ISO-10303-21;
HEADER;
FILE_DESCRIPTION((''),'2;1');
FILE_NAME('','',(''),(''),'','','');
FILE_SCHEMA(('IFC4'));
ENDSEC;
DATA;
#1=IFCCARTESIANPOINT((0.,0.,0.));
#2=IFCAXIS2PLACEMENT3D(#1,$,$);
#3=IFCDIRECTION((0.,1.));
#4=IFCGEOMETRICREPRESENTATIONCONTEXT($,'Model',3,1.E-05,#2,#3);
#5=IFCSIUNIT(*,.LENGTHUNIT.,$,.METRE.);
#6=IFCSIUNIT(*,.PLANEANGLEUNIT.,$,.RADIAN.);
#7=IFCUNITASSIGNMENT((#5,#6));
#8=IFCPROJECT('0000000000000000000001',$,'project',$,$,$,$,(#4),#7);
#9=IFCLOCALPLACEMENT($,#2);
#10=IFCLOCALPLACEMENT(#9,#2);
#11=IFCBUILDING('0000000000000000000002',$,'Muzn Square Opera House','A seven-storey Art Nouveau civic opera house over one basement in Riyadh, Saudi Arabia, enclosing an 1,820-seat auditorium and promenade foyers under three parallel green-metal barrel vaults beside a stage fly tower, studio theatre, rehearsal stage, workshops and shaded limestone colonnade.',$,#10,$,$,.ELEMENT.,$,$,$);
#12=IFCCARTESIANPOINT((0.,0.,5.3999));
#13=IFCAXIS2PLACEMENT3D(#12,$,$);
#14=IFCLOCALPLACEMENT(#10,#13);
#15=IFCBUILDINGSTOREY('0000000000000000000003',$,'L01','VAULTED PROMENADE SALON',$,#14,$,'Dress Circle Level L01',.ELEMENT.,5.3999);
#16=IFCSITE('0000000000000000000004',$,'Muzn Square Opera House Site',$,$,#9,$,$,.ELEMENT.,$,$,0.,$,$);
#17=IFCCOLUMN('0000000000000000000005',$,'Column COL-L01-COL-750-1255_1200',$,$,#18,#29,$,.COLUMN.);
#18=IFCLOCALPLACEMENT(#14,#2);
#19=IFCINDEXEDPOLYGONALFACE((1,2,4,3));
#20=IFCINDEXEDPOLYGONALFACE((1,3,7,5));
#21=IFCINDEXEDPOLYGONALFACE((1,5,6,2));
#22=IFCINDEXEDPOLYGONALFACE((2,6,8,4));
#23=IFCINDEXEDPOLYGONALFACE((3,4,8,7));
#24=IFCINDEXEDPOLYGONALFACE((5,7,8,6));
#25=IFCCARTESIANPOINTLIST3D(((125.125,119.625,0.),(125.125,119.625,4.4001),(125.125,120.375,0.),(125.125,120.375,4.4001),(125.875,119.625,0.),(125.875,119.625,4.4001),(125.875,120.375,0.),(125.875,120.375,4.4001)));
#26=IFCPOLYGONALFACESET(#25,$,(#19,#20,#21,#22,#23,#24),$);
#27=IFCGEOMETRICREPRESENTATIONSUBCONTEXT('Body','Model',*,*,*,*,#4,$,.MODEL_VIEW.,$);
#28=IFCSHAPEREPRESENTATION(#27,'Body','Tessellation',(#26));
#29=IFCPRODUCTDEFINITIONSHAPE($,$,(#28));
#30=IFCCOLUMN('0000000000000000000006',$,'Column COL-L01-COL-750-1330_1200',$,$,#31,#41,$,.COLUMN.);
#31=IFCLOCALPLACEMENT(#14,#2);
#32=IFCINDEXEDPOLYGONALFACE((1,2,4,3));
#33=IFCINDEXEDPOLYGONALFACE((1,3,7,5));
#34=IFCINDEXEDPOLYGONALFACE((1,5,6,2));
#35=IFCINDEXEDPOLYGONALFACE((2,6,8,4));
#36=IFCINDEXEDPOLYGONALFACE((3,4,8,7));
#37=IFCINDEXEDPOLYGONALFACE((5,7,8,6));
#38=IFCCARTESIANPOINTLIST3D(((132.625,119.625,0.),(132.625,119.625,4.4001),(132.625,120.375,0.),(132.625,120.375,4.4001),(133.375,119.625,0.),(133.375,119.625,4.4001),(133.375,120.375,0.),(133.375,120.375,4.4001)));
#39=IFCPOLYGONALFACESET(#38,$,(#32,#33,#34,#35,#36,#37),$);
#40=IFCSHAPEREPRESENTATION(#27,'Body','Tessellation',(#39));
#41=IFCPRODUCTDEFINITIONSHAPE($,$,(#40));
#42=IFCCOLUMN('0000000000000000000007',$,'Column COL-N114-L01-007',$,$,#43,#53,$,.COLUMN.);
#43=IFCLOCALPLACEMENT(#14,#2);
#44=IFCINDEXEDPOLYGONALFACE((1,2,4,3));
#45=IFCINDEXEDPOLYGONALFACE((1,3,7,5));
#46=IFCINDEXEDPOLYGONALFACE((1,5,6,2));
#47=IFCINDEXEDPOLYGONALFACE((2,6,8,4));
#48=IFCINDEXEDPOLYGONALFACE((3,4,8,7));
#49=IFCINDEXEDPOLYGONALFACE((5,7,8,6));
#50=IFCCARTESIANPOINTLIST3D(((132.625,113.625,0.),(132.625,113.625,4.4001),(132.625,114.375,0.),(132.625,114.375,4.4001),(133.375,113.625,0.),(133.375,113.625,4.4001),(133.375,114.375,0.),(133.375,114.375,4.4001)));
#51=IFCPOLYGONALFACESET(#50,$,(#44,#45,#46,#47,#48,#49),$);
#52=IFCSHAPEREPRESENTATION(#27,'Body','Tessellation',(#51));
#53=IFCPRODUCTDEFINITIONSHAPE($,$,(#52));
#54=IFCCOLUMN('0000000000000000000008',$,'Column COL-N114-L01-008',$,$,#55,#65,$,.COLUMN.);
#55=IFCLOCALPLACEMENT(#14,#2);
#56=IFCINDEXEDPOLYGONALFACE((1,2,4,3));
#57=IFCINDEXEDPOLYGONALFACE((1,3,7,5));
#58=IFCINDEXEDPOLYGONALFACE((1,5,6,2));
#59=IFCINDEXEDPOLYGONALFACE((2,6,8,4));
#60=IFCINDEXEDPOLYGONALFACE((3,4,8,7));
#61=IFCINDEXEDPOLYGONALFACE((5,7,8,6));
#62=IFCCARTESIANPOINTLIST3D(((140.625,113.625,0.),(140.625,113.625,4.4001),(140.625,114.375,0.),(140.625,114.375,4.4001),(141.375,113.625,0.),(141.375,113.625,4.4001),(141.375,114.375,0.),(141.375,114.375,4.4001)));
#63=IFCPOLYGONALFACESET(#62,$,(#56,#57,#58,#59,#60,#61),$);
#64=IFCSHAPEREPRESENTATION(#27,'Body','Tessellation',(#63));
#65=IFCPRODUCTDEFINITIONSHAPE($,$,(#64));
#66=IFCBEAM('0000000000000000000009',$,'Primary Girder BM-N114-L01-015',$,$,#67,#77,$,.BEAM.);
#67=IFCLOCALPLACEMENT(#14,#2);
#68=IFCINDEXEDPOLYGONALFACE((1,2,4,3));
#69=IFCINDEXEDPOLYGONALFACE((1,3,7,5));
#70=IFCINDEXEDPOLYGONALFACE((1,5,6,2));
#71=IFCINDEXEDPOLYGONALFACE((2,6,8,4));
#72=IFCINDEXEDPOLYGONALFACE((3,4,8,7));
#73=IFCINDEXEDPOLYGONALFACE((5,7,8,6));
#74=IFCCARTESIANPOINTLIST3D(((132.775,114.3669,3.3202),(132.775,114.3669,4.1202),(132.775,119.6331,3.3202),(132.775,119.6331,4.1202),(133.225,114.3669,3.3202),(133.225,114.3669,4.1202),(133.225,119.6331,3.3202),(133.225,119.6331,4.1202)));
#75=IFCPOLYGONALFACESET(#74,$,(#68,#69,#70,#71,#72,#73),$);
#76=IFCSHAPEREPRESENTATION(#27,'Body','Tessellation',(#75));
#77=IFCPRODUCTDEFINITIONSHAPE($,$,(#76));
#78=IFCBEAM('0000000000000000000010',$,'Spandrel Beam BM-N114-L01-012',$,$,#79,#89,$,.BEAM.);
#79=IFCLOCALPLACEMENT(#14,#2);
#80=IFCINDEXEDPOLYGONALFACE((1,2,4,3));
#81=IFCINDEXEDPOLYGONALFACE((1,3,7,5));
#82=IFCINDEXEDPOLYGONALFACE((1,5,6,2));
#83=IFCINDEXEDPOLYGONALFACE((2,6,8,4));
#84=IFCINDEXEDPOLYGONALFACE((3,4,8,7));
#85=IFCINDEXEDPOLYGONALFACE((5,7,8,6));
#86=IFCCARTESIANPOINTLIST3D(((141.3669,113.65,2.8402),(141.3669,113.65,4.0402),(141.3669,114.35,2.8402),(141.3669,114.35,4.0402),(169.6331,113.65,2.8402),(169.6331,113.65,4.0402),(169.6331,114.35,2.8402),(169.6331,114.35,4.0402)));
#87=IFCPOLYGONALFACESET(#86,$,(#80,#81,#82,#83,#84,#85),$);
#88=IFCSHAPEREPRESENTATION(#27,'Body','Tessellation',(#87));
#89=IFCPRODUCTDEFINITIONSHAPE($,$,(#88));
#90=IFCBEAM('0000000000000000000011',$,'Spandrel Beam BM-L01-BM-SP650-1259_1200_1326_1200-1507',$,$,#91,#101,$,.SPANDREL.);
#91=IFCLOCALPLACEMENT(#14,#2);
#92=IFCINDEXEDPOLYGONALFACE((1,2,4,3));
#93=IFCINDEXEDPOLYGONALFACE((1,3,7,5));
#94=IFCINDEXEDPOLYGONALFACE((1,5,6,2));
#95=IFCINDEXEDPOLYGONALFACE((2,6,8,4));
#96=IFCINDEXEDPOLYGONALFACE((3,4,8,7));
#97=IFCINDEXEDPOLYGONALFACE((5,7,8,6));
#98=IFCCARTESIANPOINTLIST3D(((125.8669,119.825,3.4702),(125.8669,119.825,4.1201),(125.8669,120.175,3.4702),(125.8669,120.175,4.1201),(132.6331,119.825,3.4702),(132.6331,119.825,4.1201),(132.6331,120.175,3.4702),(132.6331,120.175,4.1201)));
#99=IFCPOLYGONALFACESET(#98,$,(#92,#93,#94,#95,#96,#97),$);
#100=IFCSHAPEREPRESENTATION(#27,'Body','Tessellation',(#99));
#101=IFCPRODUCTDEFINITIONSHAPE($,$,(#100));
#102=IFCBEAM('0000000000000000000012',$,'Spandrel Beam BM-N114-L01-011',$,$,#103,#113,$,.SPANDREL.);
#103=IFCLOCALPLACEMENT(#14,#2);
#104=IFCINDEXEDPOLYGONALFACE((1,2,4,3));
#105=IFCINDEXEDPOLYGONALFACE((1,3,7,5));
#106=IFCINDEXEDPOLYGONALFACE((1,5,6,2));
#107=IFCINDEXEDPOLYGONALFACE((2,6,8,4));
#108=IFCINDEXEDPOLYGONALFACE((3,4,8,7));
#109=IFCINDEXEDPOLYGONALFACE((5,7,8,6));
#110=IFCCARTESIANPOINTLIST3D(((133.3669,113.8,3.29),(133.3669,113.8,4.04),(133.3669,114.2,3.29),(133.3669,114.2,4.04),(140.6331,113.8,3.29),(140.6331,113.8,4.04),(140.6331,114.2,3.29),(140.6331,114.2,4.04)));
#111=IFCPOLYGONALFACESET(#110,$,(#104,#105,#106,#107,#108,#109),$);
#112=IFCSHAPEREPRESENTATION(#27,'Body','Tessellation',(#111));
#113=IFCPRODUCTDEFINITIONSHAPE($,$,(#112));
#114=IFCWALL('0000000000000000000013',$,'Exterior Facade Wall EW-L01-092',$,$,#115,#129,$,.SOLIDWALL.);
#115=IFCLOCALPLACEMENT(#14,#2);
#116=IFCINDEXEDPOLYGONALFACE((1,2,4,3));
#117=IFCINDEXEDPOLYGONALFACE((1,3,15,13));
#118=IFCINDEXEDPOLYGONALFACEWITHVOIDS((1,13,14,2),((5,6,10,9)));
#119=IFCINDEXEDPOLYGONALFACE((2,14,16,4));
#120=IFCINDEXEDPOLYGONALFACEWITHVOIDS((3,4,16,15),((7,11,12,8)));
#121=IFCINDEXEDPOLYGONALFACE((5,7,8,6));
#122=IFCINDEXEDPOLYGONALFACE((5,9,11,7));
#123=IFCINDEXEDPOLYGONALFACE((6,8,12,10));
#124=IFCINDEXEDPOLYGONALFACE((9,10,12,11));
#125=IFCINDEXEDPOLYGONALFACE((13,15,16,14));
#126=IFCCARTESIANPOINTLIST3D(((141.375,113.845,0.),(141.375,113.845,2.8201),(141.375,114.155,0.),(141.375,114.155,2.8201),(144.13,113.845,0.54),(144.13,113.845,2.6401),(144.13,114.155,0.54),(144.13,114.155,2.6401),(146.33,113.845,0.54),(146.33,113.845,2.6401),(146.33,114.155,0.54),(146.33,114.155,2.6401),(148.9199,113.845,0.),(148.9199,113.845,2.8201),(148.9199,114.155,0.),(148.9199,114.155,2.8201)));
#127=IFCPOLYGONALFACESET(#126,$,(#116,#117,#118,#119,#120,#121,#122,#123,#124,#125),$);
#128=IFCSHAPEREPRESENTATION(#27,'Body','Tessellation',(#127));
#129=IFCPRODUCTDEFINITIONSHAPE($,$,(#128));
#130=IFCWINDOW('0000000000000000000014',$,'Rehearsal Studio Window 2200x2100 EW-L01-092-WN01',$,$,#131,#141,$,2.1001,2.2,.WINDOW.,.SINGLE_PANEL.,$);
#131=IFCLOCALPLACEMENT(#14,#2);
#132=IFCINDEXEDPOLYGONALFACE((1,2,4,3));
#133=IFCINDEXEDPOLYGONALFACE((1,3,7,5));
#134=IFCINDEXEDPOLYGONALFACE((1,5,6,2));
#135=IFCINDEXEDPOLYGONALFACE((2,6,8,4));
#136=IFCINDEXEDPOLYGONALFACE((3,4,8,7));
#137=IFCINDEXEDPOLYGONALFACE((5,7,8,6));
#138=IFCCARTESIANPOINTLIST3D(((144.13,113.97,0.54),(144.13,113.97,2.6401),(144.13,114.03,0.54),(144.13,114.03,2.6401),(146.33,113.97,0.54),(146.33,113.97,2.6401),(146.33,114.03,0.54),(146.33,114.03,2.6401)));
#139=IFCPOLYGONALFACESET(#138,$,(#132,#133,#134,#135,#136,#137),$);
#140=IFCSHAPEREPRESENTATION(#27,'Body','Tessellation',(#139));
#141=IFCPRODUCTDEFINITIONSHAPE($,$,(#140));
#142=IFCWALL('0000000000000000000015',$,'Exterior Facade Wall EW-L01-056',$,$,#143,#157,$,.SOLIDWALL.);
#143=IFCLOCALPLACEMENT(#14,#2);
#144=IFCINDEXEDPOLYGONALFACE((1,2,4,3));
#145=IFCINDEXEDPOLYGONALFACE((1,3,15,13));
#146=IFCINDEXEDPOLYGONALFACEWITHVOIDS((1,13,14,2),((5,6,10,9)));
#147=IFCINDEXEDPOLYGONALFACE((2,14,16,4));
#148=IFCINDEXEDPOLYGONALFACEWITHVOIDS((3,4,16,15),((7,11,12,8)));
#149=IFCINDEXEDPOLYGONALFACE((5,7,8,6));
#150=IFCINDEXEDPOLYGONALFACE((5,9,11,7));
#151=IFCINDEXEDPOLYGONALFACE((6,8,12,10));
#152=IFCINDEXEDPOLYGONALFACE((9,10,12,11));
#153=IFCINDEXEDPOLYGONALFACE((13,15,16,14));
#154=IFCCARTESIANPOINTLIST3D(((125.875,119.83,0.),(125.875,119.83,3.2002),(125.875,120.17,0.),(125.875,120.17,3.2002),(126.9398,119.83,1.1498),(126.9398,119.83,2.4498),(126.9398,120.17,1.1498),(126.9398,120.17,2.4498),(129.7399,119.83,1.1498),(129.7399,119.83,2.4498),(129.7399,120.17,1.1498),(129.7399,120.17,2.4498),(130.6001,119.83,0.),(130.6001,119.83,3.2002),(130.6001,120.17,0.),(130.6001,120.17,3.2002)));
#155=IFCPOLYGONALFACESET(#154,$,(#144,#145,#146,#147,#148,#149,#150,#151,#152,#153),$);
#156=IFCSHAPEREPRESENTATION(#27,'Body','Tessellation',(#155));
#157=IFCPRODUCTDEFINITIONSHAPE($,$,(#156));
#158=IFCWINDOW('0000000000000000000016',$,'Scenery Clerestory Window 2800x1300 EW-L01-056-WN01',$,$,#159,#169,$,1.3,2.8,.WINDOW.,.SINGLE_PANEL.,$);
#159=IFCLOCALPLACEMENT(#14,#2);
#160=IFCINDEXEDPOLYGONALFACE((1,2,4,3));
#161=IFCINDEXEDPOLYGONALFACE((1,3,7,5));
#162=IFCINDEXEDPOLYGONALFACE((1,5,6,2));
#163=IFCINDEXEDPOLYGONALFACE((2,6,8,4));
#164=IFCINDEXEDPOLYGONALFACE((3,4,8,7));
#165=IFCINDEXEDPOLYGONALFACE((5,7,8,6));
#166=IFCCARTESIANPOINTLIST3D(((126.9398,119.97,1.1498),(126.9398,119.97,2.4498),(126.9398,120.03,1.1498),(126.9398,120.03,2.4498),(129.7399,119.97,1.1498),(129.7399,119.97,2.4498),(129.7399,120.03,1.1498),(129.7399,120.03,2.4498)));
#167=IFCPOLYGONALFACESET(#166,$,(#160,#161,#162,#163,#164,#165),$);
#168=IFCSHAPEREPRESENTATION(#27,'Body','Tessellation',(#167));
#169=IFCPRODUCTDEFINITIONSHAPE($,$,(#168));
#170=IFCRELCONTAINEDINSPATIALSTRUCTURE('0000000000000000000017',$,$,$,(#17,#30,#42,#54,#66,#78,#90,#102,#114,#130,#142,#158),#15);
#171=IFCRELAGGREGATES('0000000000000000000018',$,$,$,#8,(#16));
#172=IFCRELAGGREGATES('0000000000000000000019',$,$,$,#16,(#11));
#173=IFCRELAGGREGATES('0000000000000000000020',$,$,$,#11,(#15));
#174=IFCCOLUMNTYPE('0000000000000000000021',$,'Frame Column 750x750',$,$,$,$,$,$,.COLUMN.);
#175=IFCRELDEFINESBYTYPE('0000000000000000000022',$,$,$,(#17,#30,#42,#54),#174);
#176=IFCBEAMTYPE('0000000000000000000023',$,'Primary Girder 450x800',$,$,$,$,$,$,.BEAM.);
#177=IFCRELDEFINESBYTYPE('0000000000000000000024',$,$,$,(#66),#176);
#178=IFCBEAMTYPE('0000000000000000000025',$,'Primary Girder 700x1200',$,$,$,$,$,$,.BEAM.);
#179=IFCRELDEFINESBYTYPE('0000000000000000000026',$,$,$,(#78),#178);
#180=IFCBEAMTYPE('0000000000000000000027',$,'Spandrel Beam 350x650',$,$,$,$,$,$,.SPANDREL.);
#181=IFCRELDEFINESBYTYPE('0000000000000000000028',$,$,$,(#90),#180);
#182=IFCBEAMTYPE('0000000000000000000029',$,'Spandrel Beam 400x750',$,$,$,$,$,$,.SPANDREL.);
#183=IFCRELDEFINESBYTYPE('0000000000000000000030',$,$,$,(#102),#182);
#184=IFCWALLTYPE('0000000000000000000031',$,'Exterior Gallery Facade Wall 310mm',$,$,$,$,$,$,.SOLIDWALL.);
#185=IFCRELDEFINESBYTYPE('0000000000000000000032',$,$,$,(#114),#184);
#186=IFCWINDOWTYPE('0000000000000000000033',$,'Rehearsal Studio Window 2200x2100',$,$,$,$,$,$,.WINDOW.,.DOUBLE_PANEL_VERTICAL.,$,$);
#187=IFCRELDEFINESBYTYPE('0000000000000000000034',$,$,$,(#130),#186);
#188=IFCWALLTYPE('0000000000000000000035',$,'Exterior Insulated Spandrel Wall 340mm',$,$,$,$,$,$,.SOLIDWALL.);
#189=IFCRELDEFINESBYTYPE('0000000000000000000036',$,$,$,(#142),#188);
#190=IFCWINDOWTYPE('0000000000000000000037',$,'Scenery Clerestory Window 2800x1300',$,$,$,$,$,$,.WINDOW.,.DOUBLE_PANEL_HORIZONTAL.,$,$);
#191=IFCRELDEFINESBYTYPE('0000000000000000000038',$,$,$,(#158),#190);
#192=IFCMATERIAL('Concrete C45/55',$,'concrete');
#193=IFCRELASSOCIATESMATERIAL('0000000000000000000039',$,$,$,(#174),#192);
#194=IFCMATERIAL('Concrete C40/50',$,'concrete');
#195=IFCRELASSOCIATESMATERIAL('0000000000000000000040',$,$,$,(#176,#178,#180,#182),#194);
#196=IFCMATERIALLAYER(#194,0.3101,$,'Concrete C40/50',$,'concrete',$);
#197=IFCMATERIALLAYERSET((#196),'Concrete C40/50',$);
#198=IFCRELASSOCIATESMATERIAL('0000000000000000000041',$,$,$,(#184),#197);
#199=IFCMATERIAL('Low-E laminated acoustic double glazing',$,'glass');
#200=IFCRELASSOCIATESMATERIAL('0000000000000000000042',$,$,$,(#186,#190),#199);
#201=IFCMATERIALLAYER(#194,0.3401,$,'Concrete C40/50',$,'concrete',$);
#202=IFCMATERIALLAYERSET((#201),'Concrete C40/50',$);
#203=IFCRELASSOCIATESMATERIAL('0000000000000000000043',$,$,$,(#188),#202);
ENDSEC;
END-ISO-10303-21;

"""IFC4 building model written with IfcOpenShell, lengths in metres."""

from ifc_helpers import new_model, si_unit, direction, frame, frame_2d, origin, origin_2d, place, context, subcontext, project, spatial, rectangle, extrude, material, layer, layer_set, material_profile, profile_set, type_object, element, fill, save


model = new_model("IFC4")

# Units and contexts
model_context = context("Model", 3, precision=1e-05, world=origin(), true_north=direction((0.0, 1.0)))
body_context = subcontext(model_context, "Body", "Model", "MODEL_VIEW")
ifc_project = project(units=[si_unit("LENGTHUNIT", "METRE"), si_unit("PLANEANGLEUNIT", "RADIAN")], contexts=[model_context])

# Site, building, storey
site_placement = place(None, origin())
site = spatial("IfcSite", under=ifc_project, at=site_placement, Name="Muzn Square Opera House Site", CompositionType="ELEMENT", RefElevation=0.0)
building_placement = place(site_placement, origin())
building = spatial("IfcBuilding", under=site, at=building_placement, Name="Muzn Square Opera House", Description="A seven-storey Art Nouveau civic opera house over one basement in Riyadh, Saudi Arabia, enclosing an 1,820-seat auditorium and promenade foyers under three parallel green-metal barrel vaults beside a stage fly tower, studio theatre, rehearsal stage, workshops and shaded limestone colonnade.", CompositionType="ELEMENT")
storey_placement = place(building_placement, frame((0.0, 0.0, 5.3999)))
storey = spatial("IfcBuildingStorey", under=building, at=storey_placement, Name="L01", Description="VAULTED PROMENADE SALON", LongName="Dress Circle Level L01", CompositionType="ELEMENT", Elevation=5.3999)

# Columns
ifc_material_1 = material(Name="Concrete C45/55", Category="concrete")
ifc_material_profile_1 = material_profile(ifc_material_1, rectangle(XDim=0.75, YDim=0.75, at=origin_2d()), Name="RC 750x750", Category="concrete")
ifc_profile_set_1 = profile_set([ifc_material_profile_1], Name="Concrete C45/55")
column_type = type_object("IfcColumnType", Name="Frame Column 750x750", PredefinedType="COLUMN", material=ifc_profile_set_1)
for number, where, z_axis, x_axis, name in (
    (1, (125.5, 120.0, 0.0), (0.0, 0.0, 1.0), (1.0, 0.0, 0.0), "Column COL-L01-COL-750-1255_1200"),
    (2, (133.0, 120.0, 0.0), (0.0, 0.0, 1.0), (1.0, 0.0, 0.0), "Column COL-L01-COL-750-1330_1200"),
    (3, (133.0, 114.0, 0.0), (0.0, 0.0, 1.0), (1.0, 0.0, 0.0), "Column COL-N114-L01-007"),
    (4, (141.0, 114.0, 0.0), (0.0, 0.0, 1.0), (1.0, 0.0, 0.0), "Column COL-N114-L01-008"),
):
    element("IfcColumn", number, at=place(storey_placement, frame(where, z_axis=z_axis, x_axis=x_axis)), inside=storey, type_object=column_type, Name=name, PredefinedType="COLUMN", context=body_context, shape_type="SweptSolid", body=[
        extrude(rectangle(XDim=0.75, YDim=0.75, at=origin_2d()), origin(), (0.0, 0.0, 1.0), 4.4001),
    ])

# Beams
ifc_material_2 = material(Name="Concrete C40/50", Category="concrete")
ifc_material_profile_2 = material_profile(ifc_material_2, rectangle(XDim=0.45, YDim=0.8, at=origin_2d()), Name="RCB 450x800", Category="concrete")
ifc_profile_set_2 = profile_set([ifc_material_profile_2], Name="Concrete C40/50")
beam_type_1 = type_object("IfcBeamType", Name="Primary Girder 450x800", PredefinedType="BEAM", material=ifc_profile_set_2)
beam_1_placement = place(storey_placement, frame((133.0, 114.3669, 3.7202), z_axis=(0.0, 1.0, 0.0), x_axis=(-1.0, 0.0, 0.0)))
element("IfcBeam", 5, at=beam_1_placement, inside=storey, type_object=beam_type_1, Name="Primary Girder BM-N114-L01-015", PredefinedType="BEAM", context=body_context, shape_type="SweptSolid", body=[
    extrude(rectangle(XDim=0.45, YDim=0.8, at=origin_2d()), origin(), (0.0, 0.0, 1.0), 5.2661),
])
ifc_material_profile_3 = material_profile(ifc_material_2, rectangle(XDim=0.7, YDim=1.2, at=origin_2d()), Name="RCB 700x1200", Category="concrete")
ifc_profile_set_3 = profile_set([ifc_material_profile_3], Name="Concrete C40/50")
beam_type_2 = type_object("IfcBeamType", Name="Primary Girder 700x1200", PredefinedType="BEAM", material=ifc_profile_set_3)
beam_2_placement = place(storey_placement, frame((141.3669, 114.0, 3.4402), z_axis=(1.0, 0.0, 0.0), x_axis=(0.0, 1.0, 0.0)))
element("IfcBeam", 6, at=beam_2_placement, inside=storey, type_object=beam_type_2, Name="Spandrel Beam BM-N114-L01-012", PredefinedType="BEAM", context=body_context, shape_type="SweptSolid", body=[
    extrude(rectangle(XDim=0.7, YDim=1.2, at=origin_2d()), origin(), (0.0, 0.0, 1.0), 28.2661),
])
ifc_material_profile_4 = material_profile(ifc_material_2, rectangle(XDim=0.3501, YDim=0.6499, at=origin_2d()), Name="RCS 350x650", Category="concrete")
ifc_profile_set_4 = profile_set([ifc_material_profile_4], Name="Concrete C40/50")
beam_type_3 = type_object("IfcBeamType", Name="Spandrel Beam 350x650", PredefinedType="SPANDREL", material=ifc_profile_set_4)
beam_3_placement = place(storey_placement, frame((125.8669, 120.0, 3.7952), z_axis=(1.0, 0.0, 0.0), x_axis=(0.0, 1.0, 0.0)))
element("IfcBeam", 7, at=beam_3_placement, inside=storey, type_object=beam_type_3, Name="Spandrel Beam BM-L01-BM-SP650-1259_1200_1326_1200-1507", PredefinedType="SPANDREL", context=body_context, shape_type="SweptSolid", body=[
    extrude(rectangle(XDim=0.3501, YDim=0.6499, at=origin_2d()), origin(), (0.0, 0.0, 1.0), 6.7661),
])
ifc_material_profile_5 = material_profile(ifc_material_2, rectangle(XDim=0.3999, YDim=0.75, at=origin_2d()), Name="RCS 400x750", Category="concrete")
ifc_profile_set_5 = profile_set([ifc_material_profile_5], Name="Concrete C40/50")
beam_type_4 = type_object("IfcBeamType", Name="Spandrel Beam 400x750", PredefinedType="SPANDREL", material=ifc_profile_set_5)
beam_4_placement = place(storey_placement, frame((133.3669, 114.0, 3.665), z_axis=(1.0, 0.0, 0.0), x_axis=(0.0, 1.0, 0.0)))
element("IfcBeam", 8, at=beam_4_placement, inside=storey, type_object=beam_type_4, Name="Spandrel Beam BM-N114-L01-011", PredefinedType="SPANDREL", context=body_context, shape_type="SweptSolid", body=[
    extrude(rectangle(XDim=0.3999, YDim=0.75, at=origin_2d()), origin(), (0.0, 0.0, 1.0), 7.2661),
])

# Walls, openings, windows
ifc_layer_1 = layer(ifc_material_2, 0.3101, Name="Concrete C40/50", Category="concrete")
ifc_layer_set_1 = layer_set([ifc_layer_1], Name="Concrete C40/50")
wall_type_1 = type_object("IfcWallType", Name="Exterior Gallery Facade Wall 310mm", PredefinedType="SOLIDWALL", material=ifc_layer_set_1)
wall_1_placement = place(storey_placement, frame((141.375, 114.0, 0.0), z_axis=(0.0, 0.0, 1.0), x_axis=(1.0, 0.0, 0.0)))
wall_1 = element("IfcWall", 9, at=wall_1_placement, inside=storey, type_object=wall_type_1, Name="Exterior Facade Wall EW-L01-092", PredefinedType="SOLIDWALL", context=body_context, shape_type="SweptSolid", body=[
    extrude(rectangle(XDim=7.5449, YDim=0.3101, at=frame_2d((3.7725, 0.0))), origin(), (0.0, 0.0, 1.0), 2.8201),
])
opening_1_placement = place(wall_1_placement, frame((2.7549, 0.0, 0.54)))
opening_1 = element("IfcOpeningElement", 10, at=opening_1_placement, cuts=wall_1, PredefinedType="OPENING", context=body_context, shape_type="SweptSolid", body=[
    extrude(rectangle(XDim=2.2, YDim=2.1001, at=frame_2d((1.1001, 1.05))), frame((0.0, 0.165, 0.0), z_axis=(0.0, -1.0, 0.0), x_axis=(1.0, 0.0, 0.0)), (0.0, 0.0, 1.0), 0.3301),
])
ifc_material_3 = material(Name="Low-E laminated acoustic double glazing", Category="glass")
window_type_1 = type_object("IfcWindowType", Name="Rehearsal Studio Window 2200x2100", PartitioningType="DOUBLE_PANEL_VERTICAL", PredefinedType="WINDOW", material=ifc_material_3)
window_1_placement = place(opening_1_placement, origin())
window_1 = element("IfcWindow", 11, at=window_1_placement, inside=storey, type_object=window_type_1, Name="Rehearsal Studio Window 2200x2100 EW-L01-092-WN01", OverallHeight=2.1001, OverallWidth=2.2, PartitioningType="SINGLE_PANEL", PredefinedType="WINDOW", context=body_context, shape_type="SweptSolid", body=[
    extrude(rectangle(XDim=2.2, YDim=2.1001, at=frame_2d((1.1001, 1.05))), frame((0.0, 0.03, 0.0), z_axis=(0.0, -1.0, 0.0), x_axis=(1.0, 0.0, 0.0)), (0.0, 0.0, 1.0), 0.0601),
])
fill(opening_1, window_1)
ifc_layer_2 = layer(ifc_material_2, 0.3401, Name="Concrete C40/50", Category="concrete")
ifc_layer_set_2 = layer_set([ifc_layer_2], Name="Concrete C40/50")
wall_type_2 = type_object("IfcWallType", Name="Exterior Insulated Spandrel Wall 340mm", PredefinedType="SOLIDWALL", material=ifc_layer_set_2)
wall_2_placement = place(storey_placement, frame((125.875, 120.0, 0.0), z_axis=(0.0, 0.0, 1.0), x_axis=(1.0, 0.0, 0.0)))
wall_2 = element("IfcWall", 12, at=wall_2_placement, inside=storey, type_object=wall_type_2, Name="Exterior Facade Wall EW-L01-056", PredefinedType="SOLIDWALL", context=body_context, shape_type="SweptSolid", body=[
    extrude(rectangle(XDim=4.7251, YDim=0.3401, at=frame_2d((2.3625, 0.0))), origin(), (0.0, 0.0, 1.0), 3.2002),
])
opening_2_placement = place(wall_2_placement, frame((1.0649, 0.0, 1.1499)))
opening_2 = element("IfcOpeningElement", 13, at=opening_2_placement, cuts=wall_2, PredefinedType="OPENING", context=body_context, shape_type="SweptSolid", body=[
    extrude(rectangle(XDim=2.8, YDim=1.3, at=frame_2d((1.3999, 0.6499))), frame((0.0, 0.1799, 0.0), z_axis=(0.0, -1.0, 0.0), x_axis=(1.0, 0.0, 0.0)), (0.0, 0.0, 1.0), 0.3601),
])
window_type_2 = type_object("IfcWindowType", Name="Scenery Clerestory Window 2800x1300", PartitioningType="DOUBLE_PANEL_HORIZONTAL", PredefinedType="WINDOW", material=ifc_material_3)
window_2_placement = place(opening_2_placement, origin())
window_2 = element("IfcWindow", 14, at=window_2_placement, inside=storey, type_object=window_type_2, Name="Scenery Clerestory Window 2800x1300 EW-L01-056-WN01", OverallHeight=1.3, OverallWidth=2.8, PartitioningType="SINGLE_PANEL", PredefinedType="WINDOW", context=body_context, shape_type="SweptSolid", body=[
    extrude(rectangle(XDim=2.8, YDim=1.3, at=frame_2d((1.3999, 0.6499))), frame((0.0, 0.03, 0.0), z_axis=(0.0, -1.0, 0.0), x_axis=(1.0, 0.0, 0.0)), (0.0, 0.0, 1.0), 0.0601),
])
fill(opening_2, window_2)

save(model, "model.ifc")
